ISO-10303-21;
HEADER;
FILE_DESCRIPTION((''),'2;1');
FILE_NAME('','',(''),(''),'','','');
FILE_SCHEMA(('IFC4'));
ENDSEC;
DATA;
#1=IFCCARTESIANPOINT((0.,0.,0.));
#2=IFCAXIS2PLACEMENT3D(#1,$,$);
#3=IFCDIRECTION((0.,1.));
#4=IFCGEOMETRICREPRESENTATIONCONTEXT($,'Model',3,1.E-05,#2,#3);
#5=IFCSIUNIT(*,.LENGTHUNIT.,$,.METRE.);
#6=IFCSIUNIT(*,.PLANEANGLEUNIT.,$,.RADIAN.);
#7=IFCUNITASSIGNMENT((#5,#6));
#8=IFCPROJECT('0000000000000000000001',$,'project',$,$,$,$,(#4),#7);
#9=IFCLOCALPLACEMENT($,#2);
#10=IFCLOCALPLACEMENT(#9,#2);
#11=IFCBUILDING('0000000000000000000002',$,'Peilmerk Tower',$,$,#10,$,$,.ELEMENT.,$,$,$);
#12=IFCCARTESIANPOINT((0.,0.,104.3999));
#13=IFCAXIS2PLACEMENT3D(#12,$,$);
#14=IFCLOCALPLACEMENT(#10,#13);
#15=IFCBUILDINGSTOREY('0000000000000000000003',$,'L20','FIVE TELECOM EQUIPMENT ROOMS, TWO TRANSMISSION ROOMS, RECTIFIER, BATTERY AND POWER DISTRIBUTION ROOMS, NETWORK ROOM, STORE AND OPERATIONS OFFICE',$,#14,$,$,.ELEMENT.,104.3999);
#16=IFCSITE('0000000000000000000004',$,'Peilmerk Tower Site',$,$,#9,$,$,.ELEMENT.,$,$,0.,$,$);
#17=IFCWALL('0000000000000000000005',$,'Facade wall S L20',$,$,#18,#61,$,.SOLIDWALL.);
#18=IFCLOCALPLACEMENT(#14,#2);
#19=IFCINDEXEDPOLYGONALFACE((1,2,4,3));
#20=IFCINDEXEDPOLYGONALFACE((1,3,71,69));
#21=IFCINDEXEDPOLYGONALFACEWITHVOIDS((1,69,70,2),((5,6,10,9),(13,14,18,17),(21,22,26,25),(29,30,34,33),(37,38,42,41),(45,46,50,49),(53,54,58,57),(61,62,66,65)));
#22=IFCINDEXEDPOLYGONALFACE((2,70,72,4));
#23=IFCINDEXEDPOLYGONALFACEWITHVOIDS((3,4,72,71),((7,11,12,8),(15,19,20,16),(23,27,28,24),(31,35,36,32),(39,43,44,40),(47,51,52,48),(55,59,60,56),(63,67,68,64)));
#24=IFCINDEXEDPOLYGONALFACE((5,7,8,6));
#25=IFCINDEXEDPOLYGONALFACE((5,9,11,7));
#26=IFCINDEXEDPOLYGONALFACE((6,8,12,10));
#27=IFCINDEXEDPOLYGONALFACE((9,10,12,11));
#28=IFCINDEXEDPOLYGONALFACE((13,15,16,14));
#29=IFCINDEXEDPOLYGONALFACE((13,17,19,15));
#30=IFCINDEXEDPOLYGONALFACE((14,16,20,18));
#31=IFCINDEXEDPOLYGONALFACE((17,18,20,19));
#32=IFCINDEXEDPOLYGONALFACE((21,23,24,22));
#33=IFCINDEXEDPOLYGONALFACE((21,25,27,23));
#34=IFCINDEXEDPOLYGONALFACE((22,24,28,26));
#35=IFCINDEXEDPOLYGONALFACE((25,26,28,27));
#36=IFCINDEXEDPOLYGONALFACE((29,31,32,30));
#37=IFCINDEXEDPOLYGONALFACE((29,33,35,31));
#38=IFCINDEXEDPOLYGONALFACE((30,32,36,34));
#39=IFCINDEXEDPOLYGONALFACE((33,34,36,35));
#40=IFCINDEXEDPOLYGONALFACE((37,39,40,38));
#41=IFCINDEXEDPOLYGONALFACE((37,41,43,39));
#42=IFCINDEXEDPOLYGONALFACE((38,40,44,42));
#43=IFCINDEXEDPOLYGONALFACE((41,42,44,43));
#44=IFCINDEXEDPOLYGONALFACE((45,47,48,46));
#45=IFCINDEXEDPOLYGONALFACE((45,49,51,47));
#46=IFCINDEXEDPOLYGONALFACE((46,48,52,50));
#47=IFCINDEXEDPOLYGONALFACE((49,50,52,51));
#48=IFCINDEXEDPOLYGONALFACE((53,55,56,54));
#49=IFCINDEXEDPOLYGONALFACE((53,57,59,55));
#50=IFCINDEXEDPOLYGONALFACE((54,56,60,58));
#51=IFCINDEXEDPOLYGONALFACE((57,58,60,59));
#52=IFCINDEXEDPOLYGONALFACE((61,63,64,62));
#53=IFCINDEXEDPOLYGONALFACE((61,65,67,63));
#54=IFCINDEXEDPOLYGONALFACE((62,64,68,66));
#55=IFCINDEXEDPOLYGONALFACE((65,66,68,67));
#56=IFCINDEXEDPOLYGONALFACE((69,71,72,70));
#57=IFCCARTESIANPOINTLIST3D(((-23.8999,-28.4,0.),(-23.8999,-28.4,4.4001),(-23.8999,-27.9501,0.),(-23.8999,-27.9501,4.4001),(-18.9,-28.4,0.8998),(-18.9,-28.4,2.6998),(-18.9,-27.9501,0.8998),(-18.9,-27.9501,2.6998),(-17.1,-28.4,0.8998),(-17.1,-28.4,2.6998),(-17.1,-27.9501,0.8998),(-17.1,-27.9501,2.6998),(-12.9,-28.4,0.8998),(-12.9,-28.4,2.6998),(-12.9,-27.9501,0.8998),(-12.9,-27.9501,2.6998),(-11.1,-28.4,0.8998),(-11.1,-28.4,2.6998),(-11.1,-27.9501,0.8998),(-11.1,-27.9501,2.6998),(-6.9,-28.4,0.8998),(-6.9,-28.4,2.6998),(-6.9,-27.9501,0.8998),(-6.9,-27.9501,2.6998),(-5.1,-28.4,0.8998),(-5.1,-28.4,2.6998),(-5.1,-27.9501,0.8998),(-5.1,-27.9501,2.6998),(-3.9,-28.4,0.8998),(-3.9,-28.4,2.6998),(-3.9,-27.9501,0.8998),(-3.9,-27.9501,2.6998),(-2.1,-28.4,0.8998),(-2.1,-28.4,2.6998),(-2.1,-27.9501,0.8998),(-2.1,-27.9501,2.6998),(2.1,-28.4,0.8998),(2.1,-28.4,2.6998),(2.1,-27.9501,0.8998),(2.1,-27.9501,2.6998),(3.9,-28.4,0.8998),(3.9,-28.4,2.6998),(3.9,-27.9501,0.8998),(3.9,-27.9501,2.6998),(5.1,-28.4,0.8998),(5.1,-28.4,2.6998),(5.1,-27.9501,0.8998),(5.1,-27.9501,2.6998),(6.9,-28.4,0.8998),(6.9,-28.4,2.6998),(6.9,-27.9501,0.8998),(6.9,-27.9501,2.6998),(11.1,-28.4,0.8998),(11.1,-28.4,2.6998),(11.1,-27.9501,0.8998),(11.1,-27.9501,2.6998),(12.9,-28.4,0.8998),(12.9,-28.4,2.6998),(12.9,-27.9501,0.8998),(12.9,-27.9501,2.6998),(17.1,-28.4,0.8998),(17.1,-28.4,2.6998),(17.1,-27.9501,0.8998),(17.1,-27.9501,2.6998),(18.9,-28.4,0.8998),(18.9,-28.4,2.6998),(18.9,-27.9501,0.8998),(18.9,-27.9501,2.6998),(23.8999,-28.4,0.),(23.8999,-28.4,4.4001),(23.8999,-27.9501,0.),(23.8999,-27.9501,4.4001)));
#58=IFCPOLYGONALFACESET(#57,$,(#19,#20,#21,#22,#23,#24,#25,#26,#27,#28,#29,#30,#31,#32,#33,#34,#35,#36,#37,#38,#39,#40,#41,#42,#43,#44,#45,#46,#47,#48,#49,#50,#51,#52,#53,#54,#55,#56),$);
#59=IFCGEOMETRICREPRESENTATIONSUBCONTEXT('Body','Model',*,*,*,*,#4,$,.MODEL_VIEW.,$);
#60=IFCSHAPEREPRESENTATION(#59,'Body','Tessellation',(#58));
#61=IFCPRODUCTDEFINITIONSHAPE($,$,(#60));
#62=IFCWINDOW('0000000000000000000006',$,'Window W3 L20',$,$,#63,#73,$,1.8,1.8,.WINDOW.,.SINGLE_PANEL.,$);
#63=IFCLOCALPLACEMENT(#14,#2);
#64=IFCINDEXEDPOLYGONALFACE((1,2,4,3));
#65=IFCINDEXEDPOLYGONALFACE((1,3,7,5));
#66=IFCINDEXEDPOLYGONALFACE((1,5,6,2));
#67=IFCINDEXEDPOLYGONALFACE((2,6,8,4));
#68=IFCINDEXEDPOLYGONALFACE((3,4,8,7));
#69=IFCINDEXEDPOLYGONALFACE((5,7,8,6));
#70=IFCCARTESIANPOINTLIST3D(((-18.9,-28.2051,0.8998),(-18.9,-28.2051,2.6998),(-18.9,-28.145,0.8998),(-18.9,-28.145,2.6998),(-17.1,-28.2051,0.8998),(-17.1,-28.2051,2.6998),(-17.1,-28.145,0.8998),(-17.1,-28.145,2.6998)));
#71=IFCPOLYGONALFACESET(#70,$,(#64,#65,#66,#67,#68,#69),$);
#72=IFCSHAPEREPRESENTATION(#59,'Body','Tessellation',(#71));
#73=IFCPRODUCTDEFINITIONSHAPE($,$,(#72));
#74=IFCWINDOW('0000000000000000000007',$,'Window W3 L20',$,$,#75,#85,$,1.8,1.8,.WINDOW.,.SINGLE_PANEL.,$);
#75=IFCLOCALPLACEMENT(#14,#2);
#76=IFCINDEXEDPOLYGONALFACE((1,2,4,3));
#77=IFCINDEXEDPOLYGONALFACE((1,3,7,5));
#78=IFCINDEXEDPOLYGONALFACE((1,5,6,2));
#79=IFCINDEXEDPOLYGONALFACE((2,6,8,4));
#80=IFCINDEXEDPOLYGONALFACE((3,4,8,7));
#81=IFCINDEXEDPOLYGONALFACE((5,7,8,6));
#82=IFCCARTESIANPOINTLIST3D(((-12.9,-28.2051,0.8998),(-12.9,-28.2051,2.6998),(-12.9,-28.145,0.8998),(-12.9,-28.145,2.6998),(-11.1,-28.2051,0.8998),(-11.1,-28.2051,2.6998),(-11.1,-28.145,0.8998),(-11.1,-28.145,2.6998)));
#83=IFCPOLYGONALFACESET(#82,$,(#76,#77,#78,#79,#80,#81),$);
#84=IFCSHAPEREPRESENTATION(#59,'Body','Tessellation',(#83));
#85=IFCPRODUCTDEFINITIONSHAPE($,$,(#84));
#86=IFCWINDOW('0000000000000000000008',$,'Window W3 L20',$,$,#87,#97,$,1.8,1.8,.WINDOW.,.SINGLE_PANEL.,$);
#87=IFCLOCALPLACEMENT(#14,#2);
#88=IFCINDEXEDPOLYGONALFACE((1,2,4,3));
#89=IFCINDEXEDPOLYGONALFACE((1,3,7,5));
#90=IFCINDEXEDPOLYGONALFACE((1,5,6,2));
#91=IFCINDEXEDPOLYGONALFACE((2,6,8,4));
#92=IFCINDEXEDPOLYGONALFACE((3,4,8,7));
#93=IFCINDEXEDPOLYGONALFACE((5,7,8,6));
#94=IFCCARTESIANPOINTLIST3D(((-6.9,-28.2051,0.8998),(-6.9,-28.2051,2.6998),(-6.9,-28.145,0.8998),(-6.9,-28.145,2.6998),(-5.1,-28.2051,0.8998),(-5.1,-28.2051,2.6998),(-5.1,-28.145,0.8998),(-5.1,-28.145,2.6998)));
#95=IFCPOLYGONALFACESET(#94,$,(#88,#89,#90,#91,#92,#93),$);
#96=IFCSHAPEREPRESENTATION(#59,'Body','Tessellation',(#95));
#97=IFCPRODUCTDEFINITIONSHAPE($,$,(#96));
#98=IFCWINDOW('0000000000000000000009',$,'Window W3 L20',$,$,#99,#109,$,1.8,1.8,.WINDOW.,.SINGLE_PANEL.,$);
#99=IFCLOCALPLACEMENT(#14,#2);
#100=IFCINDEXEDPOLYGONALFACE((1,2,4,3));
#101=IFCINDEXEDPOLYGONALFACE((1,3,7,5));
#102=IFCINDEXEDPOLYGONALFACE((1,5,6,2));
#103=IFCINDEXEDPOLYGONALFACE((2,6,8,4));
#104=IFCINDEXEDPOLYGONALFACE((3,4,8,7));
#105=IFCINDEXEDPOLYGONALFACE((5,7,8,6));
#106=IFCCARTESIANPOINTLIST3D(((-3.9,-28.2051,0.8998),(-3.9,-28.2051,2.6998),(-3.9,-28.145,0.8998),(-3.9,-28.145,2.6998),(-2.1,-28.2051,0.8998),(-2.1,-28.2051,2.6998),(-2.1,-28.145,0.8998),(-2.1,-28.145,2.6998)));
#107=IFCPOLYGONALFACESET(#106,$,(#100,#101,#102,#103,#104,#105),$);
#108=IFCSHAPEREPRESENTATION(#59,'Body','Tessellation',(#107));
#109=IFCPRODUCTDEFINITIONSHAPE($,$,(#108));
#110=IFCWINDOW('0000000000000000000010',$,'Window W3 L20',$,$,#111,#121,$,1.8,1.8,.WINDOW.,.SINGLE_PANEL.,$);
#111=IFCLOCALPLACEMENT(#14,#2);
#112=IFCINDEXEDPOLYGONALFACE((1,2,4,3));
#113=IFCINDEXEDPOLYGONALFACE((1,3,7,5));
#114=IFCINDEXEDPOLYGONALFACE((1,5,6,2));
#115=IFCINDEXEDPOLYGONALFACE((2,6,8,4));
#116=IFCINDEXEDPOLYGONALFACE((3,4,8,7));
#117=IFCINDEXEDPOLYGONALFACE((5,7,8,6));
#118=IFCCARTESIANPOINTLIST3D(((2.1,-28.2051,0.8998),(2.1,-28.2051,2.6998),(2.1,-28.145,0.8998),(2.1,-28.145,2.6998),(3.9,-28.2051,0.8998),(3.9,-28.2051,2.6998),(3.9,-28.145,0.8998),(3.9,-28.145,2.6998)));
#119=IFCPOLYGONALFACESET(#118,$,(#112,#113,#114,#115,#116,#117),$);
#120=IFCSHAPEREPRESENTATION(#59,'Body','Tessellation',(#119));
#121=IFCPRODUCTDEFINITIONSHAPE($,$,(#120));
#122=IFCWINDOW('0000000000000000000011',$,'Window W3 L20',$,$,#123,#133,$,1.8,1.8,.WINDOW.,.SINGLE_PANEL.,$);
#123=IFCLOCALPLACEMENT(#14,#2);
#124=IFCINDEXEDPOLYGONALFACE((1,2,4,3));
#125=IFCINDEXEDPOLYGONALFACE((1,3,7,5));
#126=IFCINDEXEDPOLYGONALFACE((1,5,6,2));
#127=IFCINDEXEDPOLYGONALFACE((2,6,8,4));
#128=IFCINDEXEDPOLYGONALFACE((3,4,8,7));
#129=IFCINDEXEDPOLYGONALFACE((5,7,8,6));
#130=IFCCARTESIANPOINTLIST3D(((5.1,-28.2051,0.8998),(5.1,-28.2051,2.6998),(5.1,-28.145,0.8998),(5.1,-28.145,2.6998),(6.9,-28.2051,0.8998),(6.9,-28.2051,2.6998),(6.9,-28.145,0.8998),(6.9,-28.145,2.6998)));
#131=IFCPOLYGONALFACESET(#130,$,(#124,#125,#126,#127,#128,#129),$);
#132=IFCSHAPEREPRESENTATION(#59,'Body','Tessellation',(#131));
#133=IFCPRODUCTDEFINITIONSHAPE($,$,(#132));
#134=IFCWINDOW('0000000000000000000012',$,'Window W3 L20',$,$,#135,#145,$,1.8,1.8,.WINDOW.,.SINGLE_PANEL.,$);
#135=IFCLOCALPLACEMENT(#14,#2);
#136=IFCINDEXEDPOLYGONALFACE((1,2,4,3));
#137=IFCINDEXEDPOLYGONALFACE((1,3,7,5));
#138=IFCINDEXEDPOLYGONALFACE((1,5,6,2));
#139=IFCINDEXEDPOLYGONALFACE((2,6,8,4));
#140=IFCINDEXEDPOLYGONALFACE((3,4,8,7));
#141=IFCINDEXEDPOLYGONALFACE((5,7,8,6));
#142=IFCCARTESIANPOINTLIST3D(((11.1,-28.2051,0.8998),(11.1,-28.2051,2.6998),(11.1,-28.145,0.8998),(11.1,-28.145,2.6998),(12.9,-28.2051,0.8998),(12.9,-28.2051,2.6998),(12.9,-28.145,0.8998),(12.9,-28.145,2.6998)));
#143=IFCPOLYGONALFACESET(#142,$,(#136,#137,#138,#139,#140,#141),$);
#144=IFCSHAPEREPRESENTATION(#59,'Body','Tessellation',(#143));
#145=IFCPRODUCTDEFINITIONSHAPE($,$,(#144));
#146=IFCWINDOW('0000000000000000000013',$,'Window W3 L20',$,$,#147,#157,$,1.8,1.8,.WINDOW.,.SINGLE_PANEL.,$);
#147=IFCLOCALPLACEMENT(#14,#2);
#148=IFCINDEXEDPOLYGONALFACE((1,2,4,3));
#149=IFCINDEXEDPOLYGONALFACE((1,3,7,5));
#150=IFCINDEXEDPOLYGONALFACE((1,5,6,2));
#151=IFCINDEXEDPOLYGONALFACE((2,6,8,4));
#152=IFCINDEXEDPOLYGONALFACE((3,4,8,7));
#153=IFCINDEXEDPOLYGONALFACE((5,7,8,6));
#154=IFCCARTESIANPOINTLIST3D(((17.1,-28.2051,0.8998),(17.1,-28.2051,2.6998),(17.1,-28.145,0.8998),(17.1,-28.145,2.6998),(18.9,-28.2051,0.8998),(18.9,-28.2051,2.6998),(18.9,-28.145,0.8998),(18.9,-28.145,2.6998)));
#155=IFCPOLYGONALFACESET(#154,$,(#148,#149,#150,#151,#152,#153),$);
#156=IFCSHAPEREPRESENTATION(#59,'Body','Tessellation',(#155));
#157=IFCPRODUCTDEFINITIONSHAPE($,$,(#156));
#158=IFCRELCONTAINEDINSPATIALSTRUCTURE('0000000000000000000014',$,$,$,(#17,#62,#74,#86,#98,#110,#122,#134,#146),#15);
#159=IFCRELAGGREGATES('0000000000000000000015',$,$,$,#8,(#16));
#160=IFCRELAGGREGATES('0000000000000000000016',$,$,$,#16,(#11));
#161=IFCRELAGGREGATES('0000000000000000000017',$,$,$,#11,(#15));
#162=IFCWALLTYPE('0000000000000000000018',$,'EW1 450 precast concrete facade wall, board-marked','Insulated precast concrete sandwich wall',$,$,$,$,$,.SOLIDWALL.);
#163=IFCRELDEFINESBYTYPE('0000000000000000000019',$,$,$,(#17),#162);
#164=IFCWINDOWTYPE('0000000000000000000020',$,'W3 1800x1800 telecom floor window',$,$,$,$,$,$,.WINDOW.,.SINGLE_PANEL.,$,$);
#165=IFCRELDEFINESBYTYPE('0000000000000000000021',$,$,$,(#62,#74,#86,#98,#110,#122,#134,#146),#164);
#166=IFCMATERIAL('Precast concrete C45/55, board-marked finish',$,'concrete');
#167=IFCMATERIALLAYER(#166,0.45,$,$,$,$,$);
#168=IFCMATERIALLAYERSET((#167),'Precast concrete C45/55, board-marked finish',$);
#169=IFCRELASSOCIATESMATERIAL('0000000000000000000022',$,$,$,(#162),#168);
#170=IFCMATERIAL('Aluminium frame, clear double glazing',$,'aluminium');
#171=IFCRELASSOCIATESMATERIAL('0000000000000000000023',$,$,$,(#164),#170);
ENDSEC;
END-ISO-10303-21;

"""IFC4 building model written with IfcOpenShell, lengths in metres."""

from ifc_helpers import new_model, si_unit, direction, frame, frame_2d, origin, place, context, subcontext, project, spatial, rectangle, extrude, material, layer, layer_set, type_object, element, fill, save


model = new_model("IFC4")

# Units and contexts
model_context = context("Model", 3, precision=1e-05, world=origin(), true_north=direction((0.0, 1.0)))
body_context = subcontext(model_context, "Body", "Model", "MODEL_VIEW")
ifc_project = project(units=[si_unit("LENGTHUNIT", "METRE"), si_unit("PLANEANGLEUNIT", "RADIAN")], contexts=[model_context])

# Site, building, storey
site_placement = place(None, origin())
site = spatial("IfcSite", under=ifc_project, at=site_placement, Name="Peilmerk Tower Site", CompositionType="ELEMENT", RefElevation=0.0)
building_placement = place(site_placement, origin())
building = spatial("IfcBuilding", under=site, at=building_placement, Name="Peilmerk Tower", CompositionType="ELEMENT")
storey_placement = place(building_placement, frame((0.0, 0.0, 104.3999)))
storey = spatial("IfcBuildingStorey", under=building, at=storey_placement, Name="L20", Description="FIVE TELECOM EQUIPMENT ROOMS, TWO TRANSMISSION ROOMS, RECTIFIER, BATTERY AND POWER DISTRIBUTION ROOMS, NETWORK ROOM, STORE AND OPERATIONS OFFICE", CompositionType="ELEMENT", Elevation=104.3999)

# Wall, openings, windows
ifc_material_1 = material(Name="Precast concrete C45/55, board-marked finish", Category="concrete")
ifc_layer = layer(ifc_material_1, 0.45)
ifc_layer_set = layer_set([ifc_layer], Name="Precast concrete C45/55, board-marked finish")
wall_type = type_object("IfcWallType", Name="EW1 450 precast concrete facade wall, board-marked", Description="Insulated precast concrete sandwich wall", PredefinedType="SOLIDWALL", material=ifc_layer_set)
wall_1_placement = place(storey_placement, frame((-23.8999, -28.175, 0.0), z_axis=(0.0, 0.0, 1.0), x_axis=(1.0, 0.0, 0.0)))
wall_1 = element("IfcWall", 1, at=wall_1_placement, inside=storey, type_object=wall_type, Name="Facade wall S L20", PredefinedType="SOLIDWALL", context=body_context, shape_type="SweptSolid", body=[
    extrude(rectangle(XDim=47.7998, YDim=0.45, at=frame_2d((23.8999, 0.0))), origin(), (0.0, 0.0, 1.0), 4.4001),
])
opening_1_placement = place(wall_1_placement, frame((5.0, 0.0, 0.8999)))
opening_1 = element("IfcOpeningElement", 2, at=opening_1_placement, cuts=wall_1, PredefinedType="OPENING", context=body_context, shape_type="SweptSolid", body=[
    extrude(rectangle(XDim=1.8, YDim=1.8, at=frame_2d((0.8999, 0.8999))), frame((0.0, 0.2349, 0.0), z_axis=(0.0, -1.0, 0.0), x_axis=(1.0, 0.0, 0.0)), (0.0, 0.0, 1.0), 0.47),
])
opening_2_placement = place(wall_1_placement, frame((11.0, 0.0, 0.8999)))
opening_2 = element("IfcOpeningElement", 3, at=opening_2_placement, cuts=wall_1, PredefinedType="OPENING", context=body_context, shape_type="SweptSolid", body=[
    extrude(rectangle(XDim=1.8, YDim=1.8, at=frame_2d((0.8999, 0.8999))), frame((0.0, 0.2349, 0.0), z_axis=(0.0, -1.0, 0.0), x_axis=(1.0, 0.0, 0.0)), (0.0, 0.0, 1.0), 0.47),
])
opening_3_placement = place(wall_1_placement, frame((17.0, 0.0, 0.8999)))
opening_3 = element("IfcOpeningElement", 4, at=opening_3_placement, cuts=wall_1, PredefinedType="OPENING", context=body_context, shape_type="SweptSolid", body=[
    extrude(rectangle(XDim=1.8, YDim=1.8, at=frame_2d((0.8999, 0.8999))), frame((0.0, 0.2349, 0.0), z_axis=(0.0, -1.0, 0.0), x_axis=(1.0, 0.0, 0.0)), (0.0, 0.0, 1.0), 0.47),
])
opening_4_placement = place(wall_1_placement, frame((20.0, 0.0, 0.8999)))
opening_4 = element("IfcOpeningElement", 5, at=opening_4_placement, cuts=wall_1, PredefinedType="OPENING", context=body_context, shape_type="SweptSolid", body=[
    extrude(rectangle(XDim=1.8, YDim=1.8, at=frame_2d((0.8999, 0.8999))), frame((0.0, 0.2349, 0.0), z_axis=(0.0, -1.0, 0.0), x_axis=(1.0, 0.0, 0.0)), (0.0, 0.0, 1.0), 0.47),
])
opening_5_placement = place(wall_1_placement, frame((26.0, 0.0, 0.8999)))
opening_5 = element("IfcOpeningElement", 6, at=opening_5_placement, cuts=wall_1, PredefinedType="OPENING", context=body_context, shape_type="SweptSolid", body=[
    extrude(rectangle(XDim=1.8, YDim=1.8, at=frame_2d((0.8999, 0.8999))), frame((0.0, 0.2349, 0.0), z_axis=(0.0, -1.0, 0.0), x_axis=(1.0, 0.0, 0.0)), (0.0, 0.0, 1.0), 0.47),
])
opening_6_placement = place(wall_1_placement, frame((29.0, 0.0, 0.8999)))
opening_6 = element("IfcOpeningElement", 7, at=opening_6_placement, cuts=wall_1, PredefinedType="OPENING", context=body_context, shape_type="SweptSolid", body=[
    extrude(rectangle(XDim=1.8, YDim=1.8, at=frame_2d((0.8999, 0.8999))), frame((0.0, 0.2349, 0.0), z_axis=(0.0, -1.0, 0.0), x_axis=(1.0, 0.0, 0.0)), (0.0, 0.0, 1.0), 0.47),
])
opening_7_placement = place(wall_1_placement, frame((35.0, 0.0, 0.8999)))
opening_7 = element("IfcOpeningElement", 8, at=opening_7_placement, cuts=wall_1, PredefinedType="OPENING", context=body_context, shape_type="SweptSolid", body=[
    extrude(rectangle(XDim=1.8, YDim=1.8, at=frame_2d((0.8999, 0.8999))), frame((0.0, 0.2349, 0.0), z_axis=(0.0, -1.0, 0.0), x_axis=(1.0, 0.0, 0.0)), (0.0, 0.0, 1.0), 0.47),
])
opening_8_placement = place(wall_1_placement, frame((41.0, 0.0, 0.8999)))
opening_8 = element("IfcOpeningElement", 9, at=opening_8_placement, cuts=wall_1, PredefinedType="OPENING", context=body_context, shape_type="SweptSolid", body=[
    extrude(rectangle(XDim=1.8, YDim=1.8, at=frame_2d((0.8999, 0.8999))), frame((0.0, 0.2349, 0.0), z_axis=(0.0, -1.0, 0.0), x_axis=(1.0, 0.0, 0.0)), (0.0, 0.0, 1.0), 0.47),
])
ifc_material_2 = material(Name="Aluminium frame, clear double glazing", Category="aluminium")
window_type = type_object("IfcWindowType", Name="W3 1800x1800 telecom floor window", PartitioningType="SINGLE_PANEL", PredefinedType="WINDOW", material=ifc_material_2)
window_1_placement = place(opening_1_placement, origin())
window_1 = element("IfcWindow", 10, at=window_1_placement, inside=storey, type_object=window_type, Name="Window W3 L20", OverallHeight=1.8, OverallWidth=1.8, PartitioningType="SINGLE_PANEL", PredefinedType="WINDOW", context=body_context, shape_type="SweptSolid", body=[
    extrude(rectangle(XDim=1.8, YDim=1.8, at=frame_2d((0.8999, 0.8999))), frame((0.0, 0.03, 0.0), z_axis=(0.0, -1.0, 0.0), x_axis=(1.0, 0.0, 0.0)), (0.0, 0.0, 1.0), 0.0601),
])
fill(opening_1, window_1)
window_2_placement = place(opening_2_placement, origin())
window_2 = element("IfcWindow", 11, at=window_2_placement, inside=storey, type_object=window_type, Name="Window W3 L20", OverallHeight=1.8, OverallWidth=1.8, PartitioningType="SINGLE_PANEL", PredefinedType="WINDOW", context=body_context, shape_type="SweptSolid", body=[
    extrude(rectangle(XDim=1.8, YDim=1.8, at=frame_2d((0.8999, 0.8999))), frame((0.0, 0.03, 0.0), z_axis=(0.0, -1.0, 0.0), x_axis=(1.0, 0.0, 0.0)), (0.0, 0.0, 1.0), 0.0601),
])
fill(opening_2, window_2)
window_3_placement = place(opening_3_placement, origin())
window_3 = element("IfcWindow", 12, at=window_3_placement, inside=storey, type_object=window_type, Name="Window W3 L20", OverallHeight=1.8, OverallWidth=1.8, PartitioningType="SINGLE_PANEL", PredefinedType="WINDOW", context=body_context, shape_type="SweptSolid", body=[
    extrude(rectangle(XDim=1.8, YDim=1.8, at=frame_2d((0.8999, 0.8999))), frame((0.0, 0.03, 0.0), z_axis=(0.0, -1.0, 0.0), x_axis=(1.0, 0.0, 0.0)), (0.0, 0.0, 1.0), 0.0601),
])
fill(opening_3, window_3)
window_4_placement = place(opening_4_placement, origin())
window_4 = element("IfcWindow", 13, at=window_4_placement, inside=storey, type_object=window_type, Name="Window W3 L20", OverallHeight=1.8, OverallWidth=1.8, PartitioningType="SINGLE_PANEL", PredefinedType="WINDOW", context=body_context, shape_type="SweptSolid", body=[
    extrude(rectangle(XDim=1.8, YDim=1.8, at=frame_2d((0.8999, 0.8999))), frame((0.0, 0.03, 0.0), z_axis=(0.0, -1.0, 0.0), x_axis=(1.0, 0.0, 0.0)), (0.0, 0.0, 1.0), 0.0601),
])
fill(opening_4, window_4)
window_5_placement = place(opening_5_placement, origin())
window_5 = element("IfcWindow", 14, at=window_5_placement, inside=storey, type_object=window_type, Name="Window W3 L20", OverallHeight=1.8, OverallWidth=1.8, PartitioningType="SINGLE_PANEL", PredefinedType="WINDOW", context=body_context, shape_type="SweptSolid", body=[
    extrude(rectangle(XDim=1.8, YDim=1.8, at=frame_2d((0.8999, 0.8999))), frame((0.0, 0.03, 0.0), z_axis=(0.0, -1.0, 0.0), x_axis=(1.0, 0.0, 0.0)), (0.0, 0.0, 1.0), 0.0601),
])
fill(opening_5, window_5)
window_6_placement = place(opening_6_placement, origin())
window_6 = element("IfcWindow", 15, at=window_6_placement, inside=storey, type_object=window_type, Name="Window W3 L20", OverallHeight=1.8, OverallWidth=1.8, PartitioningType="SINGLE_PANEL", PredefinedType="WINDOW", context=body_context, shape_type="SweptSolid", body=[
    extrude(rectangle(XDim=1.8, YDim=1.8, at=frame_2d((0.8999, 0.8999))), frame((0.0, 0.03, 0.0), z_axis=(0.0, -1.0, 0.0), x_axis=(1.0, 0.0, 0.0)), (0.0, 0.0, 1.0), 0.0601),
])
fill(opening_6, window_6)
window_7_placement = place(opening_7_placement, origin())
window_7 = element("IfcWindow", 16, at=window_7_placement, inside=storey, type_object=window_type, Name="Window W3 L20", OverallHeight=1.8, OverallWidth=1.8, PartitioningType="SINGLE_PANEL", PredefinedType="WINDOW", context=body_context, shape_type="SweptSolid", body=[
    extrude(rectangle(XDim=1.8, YDim=1.8, at=frame_2d((0.8999, 0.8999))), frame((0.0, 0.03, 0.0), z_axis=(0.0, -1.0, 0.0), x_axis=(1.0, 0.0, 0.0)), (0.0, 0.0, 1.0), 0.0601),
])
fill(opening_7, window_7)
window_8_placement = place(opening_8_placement, origin())
window_8 = element("IfcWindow", 17, at=window_8_placement, inside=storey, type_object=window_type, Name="Window W3 L20", OverallHeight=1.8, OverallWidth=1.8, PartitioningType="SINGLE_PANEL", PredefinedType="WINDOW", context=body_context, shape_type="SweptSolid", body=[
    extrude(rectangle(XDim=1.8, YDim=1.8, at=frame_2d((0.8999, 0.8999))), frame((0.0, 0.03, 0.0), z_axis=(0.0, -1.0, 0.0), x_axis=(1.0, 0.0, 0.0)), (0.0, 0.0, 1.0), 0.0601),
])
fill(opening_8, window_8)

save(model, "model.ifc")
